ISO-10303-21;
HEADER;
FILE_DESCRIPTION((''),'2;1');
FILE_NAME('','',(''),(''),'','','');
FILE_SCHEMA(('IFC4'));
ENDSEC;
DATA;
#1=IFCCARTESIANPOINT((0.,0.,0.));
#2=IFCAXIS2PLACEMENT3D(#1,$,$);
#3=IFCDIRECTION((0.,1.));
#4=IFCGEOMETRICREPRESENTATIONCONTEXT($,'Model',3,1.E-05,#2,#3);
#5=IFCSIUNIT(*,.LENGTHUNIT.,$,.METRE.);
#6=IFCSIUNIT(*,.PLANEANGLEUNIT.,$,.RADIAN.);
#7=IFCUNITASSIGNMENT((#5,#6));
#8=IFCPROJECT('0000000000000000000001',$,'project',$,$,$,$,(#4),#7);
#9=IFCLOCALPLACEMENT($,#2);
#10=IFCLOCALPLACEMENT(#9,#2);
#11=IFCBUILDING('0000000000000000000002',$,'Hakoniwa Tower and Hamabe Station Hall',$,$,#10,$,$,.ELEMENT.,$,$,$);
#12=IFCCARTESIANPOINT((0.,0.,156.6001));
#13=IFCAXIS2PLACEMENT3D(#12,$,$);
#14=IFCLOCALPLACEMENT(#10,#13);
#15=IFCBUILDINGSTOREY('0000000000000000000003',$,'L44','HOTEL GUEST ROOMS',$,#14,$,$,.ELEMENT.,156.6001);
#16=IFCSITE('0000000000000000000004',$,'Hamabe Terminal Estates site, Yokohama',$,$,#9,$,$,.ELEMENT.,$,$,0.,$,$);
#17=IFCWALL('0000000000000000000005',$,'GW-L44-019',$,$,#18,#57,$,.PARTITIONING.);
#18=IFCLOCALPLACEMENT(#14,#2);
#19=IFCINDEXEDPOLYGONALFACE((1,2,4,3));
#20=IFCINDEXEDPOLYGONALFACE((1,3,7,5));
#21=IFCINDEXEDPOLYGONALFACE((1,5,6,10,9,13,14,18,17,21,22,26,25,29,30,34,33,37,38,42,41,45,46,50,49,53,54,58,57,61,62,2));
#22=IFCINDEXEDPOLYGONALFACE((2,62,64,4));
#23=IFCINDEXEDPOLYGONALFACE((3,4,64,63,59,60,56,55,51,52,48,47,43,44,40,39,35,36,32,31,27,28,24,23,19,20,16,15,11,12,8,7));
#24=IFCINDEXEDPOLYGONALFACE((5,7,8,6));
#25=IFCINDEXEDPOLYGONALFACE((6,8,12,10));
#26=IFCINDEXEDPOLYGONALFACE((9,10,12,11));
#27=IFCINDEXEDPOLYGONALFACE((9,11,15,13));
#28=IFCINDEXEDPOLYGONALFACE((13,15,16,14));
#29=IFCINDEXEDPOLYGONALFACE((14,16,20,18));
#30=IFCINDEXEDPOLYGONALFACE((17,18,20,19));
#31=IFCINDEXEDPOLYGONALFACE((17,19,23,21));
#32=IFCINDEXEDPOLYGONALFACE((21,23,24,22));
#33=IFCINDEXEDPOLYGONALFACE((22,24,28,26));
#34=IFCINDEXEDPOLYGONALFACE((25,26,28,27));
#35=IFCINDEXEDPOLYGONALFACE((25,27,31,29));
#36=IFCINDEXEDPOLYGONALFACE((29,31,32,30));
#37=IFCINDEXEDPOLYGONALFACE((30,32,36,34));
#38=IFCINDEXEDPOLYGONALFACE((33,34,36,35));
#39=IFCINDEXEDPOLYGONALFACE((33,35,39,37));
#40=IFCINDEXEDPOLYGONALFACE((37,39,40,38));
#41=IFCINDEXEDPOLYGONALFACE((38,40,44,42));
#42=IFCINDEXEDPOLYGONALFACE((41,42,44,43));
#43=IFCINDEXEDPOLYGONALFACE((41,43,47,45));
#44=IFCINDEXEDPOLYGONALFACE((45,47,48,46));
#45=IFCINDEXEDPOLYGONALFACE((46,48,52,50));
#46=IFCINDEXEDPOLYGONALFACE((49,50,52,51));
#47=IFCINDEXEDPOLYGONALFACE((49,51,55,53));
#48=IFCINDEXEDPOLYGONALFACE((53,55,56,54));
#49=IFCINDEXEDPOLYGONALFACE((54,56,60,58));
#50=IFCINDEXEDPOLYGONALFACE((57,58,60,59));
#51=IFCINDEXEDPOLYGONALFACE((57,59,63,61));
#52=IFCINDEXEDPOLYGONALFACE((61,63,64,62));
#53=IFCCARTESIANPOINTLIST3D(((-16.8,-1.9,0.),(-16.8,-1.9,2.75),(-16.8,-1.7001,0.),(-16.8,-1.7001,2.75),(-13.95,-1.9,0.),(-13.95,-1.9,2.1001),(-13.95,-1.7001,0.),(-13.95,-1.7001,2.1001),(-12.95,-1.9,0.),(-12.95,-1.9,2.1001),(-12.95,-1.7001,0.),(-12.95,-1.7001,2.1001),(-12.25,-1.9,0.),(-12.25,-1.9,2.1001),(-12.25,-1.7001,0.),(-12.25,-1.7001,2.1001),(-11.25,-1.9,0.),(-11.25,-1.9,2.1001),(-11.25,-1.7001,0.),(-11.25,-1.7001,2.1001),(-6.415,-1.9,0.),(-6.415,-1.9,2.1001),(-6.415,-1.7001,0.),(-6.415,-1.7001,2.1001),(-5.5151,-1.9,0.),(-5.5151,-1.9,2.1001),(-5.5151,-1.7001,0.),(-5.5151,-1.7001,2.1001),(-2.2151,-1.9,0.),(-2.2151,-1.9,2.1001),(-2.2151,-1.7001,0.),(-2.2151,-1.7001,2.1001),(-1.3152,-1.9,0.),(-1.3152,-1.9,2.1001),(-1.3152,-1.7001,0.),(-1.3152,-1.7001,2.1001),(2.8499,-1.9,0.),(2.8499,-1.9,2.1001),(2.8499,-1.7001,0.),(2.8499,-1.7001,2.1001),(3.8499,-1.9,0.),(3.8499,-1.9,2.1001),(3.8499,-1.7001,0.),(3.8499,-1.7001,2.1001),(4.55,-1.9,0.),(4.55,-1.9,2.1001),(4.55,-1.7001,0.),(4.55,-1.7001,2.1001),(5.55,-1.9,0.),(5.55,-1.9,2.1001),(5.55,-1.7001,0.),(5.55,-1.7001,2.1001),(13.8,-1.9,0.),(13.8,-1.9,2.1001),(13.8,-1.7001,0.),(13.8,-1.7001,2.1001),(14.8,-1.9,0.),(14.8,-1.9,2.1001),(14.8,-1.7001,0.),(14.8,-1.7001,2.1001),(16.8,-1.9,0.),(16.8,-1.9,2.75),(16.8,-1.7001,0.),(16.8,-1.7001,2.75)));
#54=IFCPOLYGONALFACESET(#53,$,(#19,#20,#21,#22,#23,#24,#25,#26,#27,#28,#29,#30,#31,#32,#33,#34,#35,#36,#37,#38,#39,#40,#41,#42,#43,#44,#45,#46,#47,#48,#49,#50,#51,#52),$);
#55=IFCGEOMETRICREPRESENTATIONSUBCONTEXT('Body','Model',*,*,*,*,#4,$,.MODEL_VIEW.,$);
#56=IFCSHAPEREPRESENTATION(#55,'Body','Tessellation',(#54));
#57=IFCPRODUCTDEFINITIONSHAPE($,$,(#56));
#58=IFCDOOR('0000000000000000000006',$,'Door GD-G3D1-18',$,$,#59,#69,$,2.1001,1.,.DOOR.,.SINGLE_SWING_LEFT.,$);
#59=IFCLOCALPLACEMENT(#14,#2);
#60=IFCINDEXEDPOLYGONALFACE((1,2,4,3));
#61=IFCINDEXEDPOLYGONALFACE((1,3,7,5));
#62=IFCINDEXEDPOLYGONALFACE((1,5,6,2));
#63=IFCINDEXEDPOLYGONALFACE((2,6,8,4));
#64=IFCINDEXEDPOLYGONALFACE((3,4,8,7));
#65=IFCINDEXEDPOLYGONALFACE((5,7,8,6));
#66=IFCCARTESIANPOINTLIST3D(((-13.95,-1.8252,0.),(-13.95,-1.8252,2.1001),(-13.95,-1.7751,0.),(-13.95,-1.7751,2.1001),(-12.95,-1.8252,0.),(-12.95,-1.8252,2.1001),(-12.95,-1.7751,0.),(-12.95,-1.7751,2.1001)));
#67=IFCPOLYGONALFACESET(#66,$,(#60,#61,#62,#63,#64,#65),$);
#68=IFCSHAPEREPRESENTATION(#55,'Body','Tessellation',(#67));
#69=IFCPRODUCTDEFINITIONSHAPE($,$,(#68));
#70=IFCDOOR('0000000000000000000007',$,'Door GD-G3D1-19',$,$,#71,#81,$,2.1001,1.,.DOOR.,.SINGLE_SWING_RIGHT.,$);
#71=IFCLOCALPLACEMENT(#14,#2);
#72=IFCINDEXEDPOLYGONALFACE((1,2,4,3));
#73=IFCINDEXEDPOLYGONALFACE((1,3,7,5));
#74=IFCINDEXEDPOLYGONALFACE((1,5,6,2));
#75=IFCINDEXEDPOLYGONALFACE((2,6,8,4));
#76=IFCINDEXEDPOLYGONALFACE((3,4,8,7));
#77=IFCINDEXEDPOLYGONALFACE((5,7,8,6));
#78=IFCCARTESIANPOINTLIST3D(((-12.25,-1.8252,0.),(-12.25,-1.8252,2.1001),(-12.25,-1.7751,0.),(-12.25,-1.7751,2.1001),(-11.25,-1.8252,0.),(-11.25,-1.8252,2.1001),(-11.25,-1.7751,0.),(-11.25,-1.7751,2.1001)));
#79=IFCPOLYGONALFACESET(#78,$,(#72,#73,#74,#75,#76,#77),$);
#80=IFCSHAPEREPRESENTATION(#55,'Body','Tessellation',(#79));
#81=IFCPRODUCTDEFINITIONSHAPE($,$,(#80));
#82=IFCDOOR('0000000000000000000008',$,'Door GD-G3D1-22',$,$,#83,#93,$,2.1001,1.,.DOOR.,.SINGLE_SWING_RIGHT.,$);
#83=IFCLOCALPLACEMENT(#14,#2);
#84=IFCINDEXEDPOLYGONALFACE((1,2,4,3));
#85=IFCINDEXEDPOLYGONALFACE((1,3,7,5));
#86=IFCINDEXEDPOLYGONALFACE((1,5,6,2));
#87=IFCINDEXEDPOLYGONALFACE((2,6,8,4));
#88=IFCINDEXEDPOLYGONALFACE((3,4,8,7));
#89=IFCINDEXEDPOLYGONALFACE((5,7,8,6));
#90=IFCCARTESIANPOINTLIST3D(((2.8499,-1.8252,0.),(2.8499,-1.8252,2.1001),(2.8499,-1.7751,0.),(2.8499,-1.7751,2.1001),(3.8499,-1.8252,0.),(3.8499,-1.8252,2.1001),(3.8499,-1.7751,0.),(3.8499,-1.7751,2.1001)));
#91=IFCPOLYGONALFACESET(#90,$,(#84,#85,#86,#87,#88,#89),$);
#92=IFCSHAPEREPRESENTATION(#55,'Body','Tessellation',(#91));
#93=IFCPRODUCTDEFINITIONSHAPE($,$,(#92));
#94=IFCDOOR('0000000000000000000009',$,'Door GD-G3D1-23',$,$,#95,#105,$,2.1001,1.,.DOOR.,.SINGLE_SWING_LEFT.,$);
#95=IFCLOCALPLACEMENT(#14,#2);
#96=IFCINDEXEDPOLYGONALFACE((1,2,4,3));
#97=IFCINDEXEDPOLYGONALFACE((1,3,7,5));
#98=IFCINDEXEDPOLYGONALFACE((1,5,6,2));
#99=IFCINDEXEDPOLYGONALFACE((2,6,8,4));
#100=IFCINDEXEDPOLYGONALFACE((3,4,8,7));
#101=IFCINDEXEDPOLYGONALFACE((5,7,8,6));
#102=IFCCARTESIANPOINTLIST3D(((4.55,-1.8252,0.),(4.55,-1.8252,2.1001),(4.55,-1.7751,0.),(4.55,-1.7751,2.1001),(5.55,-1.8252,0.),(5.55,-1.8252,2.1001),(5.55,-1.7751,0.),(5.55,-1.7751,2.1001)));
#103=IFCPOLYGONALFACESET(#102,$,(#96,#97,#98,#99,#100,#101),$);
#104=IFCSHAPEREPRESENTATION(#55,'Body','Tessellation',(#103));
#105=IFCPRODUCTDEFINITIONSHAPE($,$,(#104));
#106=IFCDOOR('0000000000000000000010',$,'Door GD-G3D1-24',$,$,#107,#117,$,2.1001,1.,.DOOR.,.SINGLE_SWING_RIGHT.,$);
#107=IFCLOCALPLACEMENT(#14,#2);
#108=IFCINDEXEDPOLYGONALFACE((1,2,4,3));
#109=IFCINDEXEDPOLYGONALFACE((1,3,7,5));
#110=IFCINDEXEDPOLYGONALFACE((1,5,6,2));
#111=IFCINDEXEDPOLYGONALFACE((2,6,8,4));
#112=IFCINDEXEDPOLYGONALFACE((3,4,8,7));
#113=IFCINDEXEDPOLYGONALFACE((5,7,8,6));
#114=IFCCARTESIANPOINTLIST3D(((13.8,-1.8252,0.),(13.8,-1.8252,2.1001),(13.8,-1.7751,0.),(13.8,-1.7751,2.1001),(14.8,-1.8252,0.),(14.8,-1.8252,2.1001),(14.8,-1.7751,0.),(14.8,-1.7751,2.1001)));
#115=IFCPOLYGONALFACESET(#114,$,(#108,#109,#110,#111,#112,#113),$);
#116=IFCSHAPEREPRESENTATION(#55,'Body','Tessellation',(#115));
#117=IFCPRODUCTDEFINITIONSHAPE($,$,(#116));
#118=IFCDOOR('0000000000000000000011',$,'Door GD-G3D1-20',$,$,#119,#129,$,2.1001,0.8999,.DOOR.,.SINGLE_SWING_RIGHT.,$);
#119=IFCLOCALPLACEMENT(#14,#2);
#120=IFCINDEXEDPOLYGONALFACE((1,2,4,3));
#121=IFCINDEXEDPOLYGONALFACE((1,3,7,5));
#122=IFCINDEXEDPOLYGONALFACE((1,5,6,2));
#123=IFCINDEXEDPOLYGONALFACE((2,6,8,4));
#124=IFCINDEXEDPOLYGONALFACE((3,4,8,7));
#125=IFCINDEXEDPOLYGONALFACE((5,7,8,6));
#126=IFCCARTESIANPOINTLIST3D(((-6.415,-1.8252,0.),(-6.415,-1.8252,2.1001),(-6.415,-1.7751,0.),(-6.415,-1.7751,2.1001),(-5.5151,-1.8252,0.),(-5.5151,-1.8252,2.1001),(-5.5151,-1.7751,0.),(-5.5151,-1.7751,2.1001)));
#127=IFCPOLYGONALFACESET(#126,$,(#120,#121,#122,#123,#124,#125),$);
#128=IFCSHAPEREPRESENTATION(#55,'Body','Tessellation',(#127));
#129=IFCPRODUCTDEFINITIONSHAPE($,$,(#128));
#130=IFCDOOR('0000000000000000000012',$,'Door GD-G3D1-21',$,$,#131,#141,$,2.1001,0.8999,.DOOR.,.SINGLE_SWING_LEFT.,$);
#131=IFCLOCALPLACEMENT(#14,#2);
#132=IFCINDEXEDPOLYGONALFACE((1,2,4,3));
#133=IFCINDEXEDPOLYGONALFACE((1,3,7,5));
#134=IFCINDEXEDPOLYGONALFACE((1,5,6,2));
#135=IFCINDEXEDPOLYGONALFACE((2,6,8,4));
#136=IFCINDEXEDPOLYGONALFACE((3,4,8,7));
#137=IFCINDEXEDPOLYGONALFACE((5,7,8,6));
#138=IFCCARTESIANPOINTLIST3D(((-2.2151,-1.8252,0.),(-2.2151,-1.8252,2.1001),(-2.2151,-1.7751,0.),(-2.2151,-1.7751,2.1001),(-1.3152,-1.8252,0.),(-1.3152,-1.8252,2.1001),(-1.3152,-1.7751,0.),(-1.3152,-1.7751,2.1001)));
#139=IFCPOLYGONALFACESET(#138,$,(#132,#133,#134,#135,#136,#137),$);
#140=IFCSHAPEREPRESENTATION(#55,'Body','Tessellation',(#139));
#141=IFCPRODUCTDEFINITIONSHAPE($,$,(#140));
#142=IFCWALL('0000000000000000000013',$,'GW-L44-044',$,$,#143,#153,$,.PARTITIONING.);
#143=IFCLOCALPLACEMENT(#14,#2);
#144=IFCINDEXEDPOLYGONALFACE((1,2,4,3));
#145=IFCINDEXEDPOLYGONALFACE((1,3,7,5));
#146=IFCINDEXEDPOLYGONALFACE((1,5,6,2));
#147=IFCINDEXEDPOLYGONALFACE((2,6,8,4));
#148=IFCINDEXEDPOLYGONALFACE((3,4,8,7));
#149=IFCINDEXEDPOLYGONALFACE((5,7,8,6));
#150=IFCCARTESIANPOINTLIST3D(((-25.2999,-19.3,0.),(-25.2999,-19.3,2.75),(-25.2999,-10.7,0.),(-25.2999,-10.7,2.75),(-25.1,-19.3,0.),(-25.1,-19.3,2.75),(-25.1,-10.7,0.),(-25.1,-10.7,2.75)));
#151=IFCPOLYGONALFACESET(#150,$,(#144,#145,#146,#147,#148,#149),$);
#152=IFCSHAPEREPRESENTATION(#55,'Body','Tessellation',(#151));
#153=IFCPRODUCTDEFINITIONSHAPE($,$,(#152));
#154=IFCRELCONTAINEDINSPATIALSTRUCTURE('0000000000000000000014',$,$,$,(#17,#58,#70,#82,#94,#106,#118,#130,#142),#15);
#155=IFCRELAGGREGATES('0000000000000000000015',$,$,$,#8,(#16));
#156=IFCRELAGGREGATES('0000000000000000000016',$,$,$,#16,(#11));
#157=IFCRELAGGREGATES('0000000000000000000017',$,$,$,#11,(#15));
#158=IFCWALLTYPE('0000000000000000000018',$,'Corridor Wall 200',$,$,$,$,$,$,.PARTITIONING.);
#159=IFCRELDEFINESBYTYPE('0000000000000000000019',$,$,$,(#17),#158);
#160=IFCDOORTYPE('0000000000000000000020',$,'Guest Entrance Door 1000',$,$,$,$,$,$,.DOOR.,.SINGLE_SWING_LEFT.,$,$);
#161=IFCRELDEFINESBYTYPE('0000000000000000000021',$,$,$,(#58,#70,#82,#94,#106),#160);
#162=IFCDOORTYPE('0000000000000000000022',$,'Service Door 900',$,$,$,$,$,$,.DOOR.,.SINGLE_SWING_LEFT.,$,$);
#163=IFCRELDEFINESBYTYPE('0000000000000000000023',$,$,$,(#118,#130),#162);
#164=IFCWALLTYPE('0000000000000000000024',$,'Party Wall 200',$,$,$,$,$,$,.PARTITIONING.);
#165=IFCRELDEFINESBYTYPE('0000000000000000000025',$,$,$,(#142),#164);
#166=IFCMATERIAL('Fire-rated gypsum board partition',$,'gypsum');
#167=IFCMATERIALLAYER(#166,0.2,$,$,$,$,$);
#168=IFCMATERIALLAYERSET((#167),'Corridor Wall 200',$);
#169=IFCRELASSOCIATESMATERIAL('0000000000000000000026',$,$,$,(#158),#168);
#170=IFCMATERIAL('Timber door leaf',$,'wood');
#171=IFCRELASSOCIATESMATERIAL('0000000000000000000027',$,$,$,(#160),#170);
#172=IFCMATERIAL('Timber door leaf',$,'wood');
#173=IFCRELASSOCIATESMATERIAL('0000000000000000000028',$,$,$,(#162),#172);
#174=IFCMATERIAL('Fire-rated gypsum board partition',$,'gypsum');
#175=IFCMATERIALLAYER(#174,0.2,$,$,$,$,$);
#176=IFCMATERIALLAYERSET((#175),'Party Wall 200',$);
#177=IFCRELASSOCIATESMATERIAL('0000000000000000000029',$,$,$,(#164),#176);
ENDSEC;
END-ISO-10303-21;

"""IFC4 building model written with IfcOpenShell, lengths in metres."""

from ifc_helpers import new_model, si_unit, direction, frame, frame_2d, origin, place, context, subcontext, project, spatial, rectangle, extrude, material, layer, layer_set, type_object, element, fill, save


model = new_model("IFC4")

# Units and contexts
model_context = context("Model", 3, precision=1e-05, world=origin(), true_north=direction((0.0, 1.0)))
body_context = subcontext(model_context, "Body", "Model", "MODEL_VIEW")
ifc_project = project(units=[si_unit("LENGTHUNIT", "METRE"), si_unit("PLANEANGLEUNIT", "RADIAN")], contexts=[model_context])

# Site, building, storey
site_placement = place(None, origin())
site = spatial("IfcSite", under=ifc_project, at=site_placement, Name="Hamabe Terminal Estates site, Yokohama", CompositionType="ELEMENT", RefElevation=0.0)
building_placement = place(site_placement, origin())
building = spatial("IfcBuilding", under=site, at=building_placement, Name="Hakoniwa Tower and Hamabe Station Hall", CompositionType="ELEMENT")
storey_placement = place(building_placement, frame((0.0, 0.0, 156.6001)))
storey = spatial("IfcBuildingStorey", under=building, at=storey_placement, Name="L44", Description="HOTEL GUEST ROOMS", CompositionType="ELEMENT", Elevation=156.6001)

# Wall, openings, doors
ifc_material_1 = material(Name="Fire-rated gypsum board partition", Category="gypsum")
ifc_layer_1 = layer(ifc_material_1, 0.2)
ifc_layer_set_1 = layer_set([ifc_layer_1], Name="Corridor Wall 200")
wall_type_1 = type_object("IfcWallType", Name="Corridor Wall 200", PredefinedType="PARTITIONING", material=ifc_layer_set_1)
wall_1_placement = place(storey_placement, frame((-16.8, -1.8, 0.0), z_axis=(0.0, 0.0, 1.0), x_axis=(1.0, 0.0, 0.0)))
wall_1 = element("IfcWall", 1, at=wall_1_placement, inside=storey, type_object=wall_type_1, Name="GW-L44-019", PredefinedType="PARTITIONING", context=body_context, shape_type="SweptSolid", body=[
    extrude(rectangle(XDim=33.6001, YDim=0.2, at=frame_2d((16.8, 0.0))), origin(), (0.0, 0.0, 1.0), 2.75),
])
opening_1_placement = place(wall_1_placement, frame((2.8501, 0.0, 0.0)))
opening_1 = element("IfcOpeningElement", 2, at=opening_1_placement, cuts=wall_1, PredefinedType="OPENING", context=body_context, shape_type="SweptSolid", body=[
    extrude(rectangle(XDim=1.0, YDim=2.1001, at=frame_2d((0.5, 1.05))), frame((0.0, 0.1099, 0.0), z_axis=(0.0, -1.0, 0.0), x_axis=(1.0, 0.0, 0.0)), (0.0, 0.0, 1.0), 0.22),
])
opening_2_placement = place(wall_1_placement, frame((4.55, 0.0, 0.0)))
opening_2 = element("IfcOpeningElement", 3, at=opening_2_placement, cuts=wall_1, PredefinedType="OPENING", context=body_context, shape_type="SweptSolid", body=[
    extrude(rectangle(XDim=1.0, YDim=2.1001, at=frame_2d((0.5, 1.05))), frame((0.0, 0.1099, 0.0), z_axis=(0.0, -1.0, 0.0), x_axis=(1.0, 0.0, 0.0)), (0.0, 0.0, 1.0), 0.22),
])
opening_3_placement = place(wall_1_placement, frame((10.385, 0.0, 0.0)))
opening_3 = element("IfcOpeningElement", 4, at=opening_3_placement, cuts=wall_1, PredefinedType="OPENING", context=body_context, shape_type="SweptSolid", body=[
    extrude(rectangle(XDim=0.8999, YDim=2.1001, at=frame_2d((0.45, 1.05))), frame((0.0, 0.1099, 0.0), z_axis=(0.0, -1.0, 0.0), x_axis=(1.0, 0.0, 0.0)), (0.0, 0.0, 1.0), 0.22),
])
opening_4_placement = place(wall_1_placement, frame((14.585, 0.0, 0.0)))
opening_4 = element("IfcOpeningElement", 5, at=opening_4_placement, cuts=wall_1, PredefinedType="OPENING", context=body_context, shape_type="SweptSolid", body=[
    extrude(rectangle(XDim=0.8999, YDim=2.1001, at=frame_2d((0.45, 1.05))), frame((0.0, 0.1099, 0.0), z_axis=(0.0, -1.0, 0.0), x_axis=(1.0, 0.0, 0.0)), (0.0, 0.0, 1.0), 0.22),
])
opening_5_placement = place(wall_1_placement, frame((19.6499, 0.0, 0.0)))
opening_5 = element("IfcOpeningElement", 6, at=opening_5_placement, cuts=wall_1, PredefinedType="OPENING", context=body_context, shape_type="SweptSolid", body=[
    extrude(rectangle(XDim=1.0, YDim=2.1001, at=frame_2d((0.5, 1.05))), frame((0.0, 0.1099, 0.0), z_axis=(0.0, -1.0, 0.0), x_axis=(1.0, 0.0, 0.0)), (0.0, 0.0, 1.0), 0.22),
])
opening_6_placement = place(wall_1_placement, frame((21.3501, 0.0, 0.0)))
opening_6 = element("IfcOpeningElement", 7, at=opening_6_placement, cuts=wall_1, PredefinedType="OPENING", context=body_context, shape_type="SweptSolid", body=[
    extrude(rectangle(XDim=1.0, YDim=2.1001, at=frame_2d((0.5, 1.05))), frame((0.0, 0.1099, 0.0), z_axis=(0.0, -1.0, 0.0), x_axis=(1.0, 0.0, 0.0)), (0.0, 0.0, 1.0), 0.22),
])
opening_7_placement = place(wall_1_placement, frame((30.6001, 0.0, 0.0)))
opening_7 = element("IfcOpeningElement", 8, at=opening_7_placement, cuts=wall_1, PredefinedType="OPENING", context=body_context, shape_type="SweptSolid", body=[
    extrude(rectangle(XDim=1.0, YDim=2.1001, at=frame_2d((0.5, 1.05))), frame((0.0, 0.1099, 0.0), z_axis=(0.0, -1.0, 0.0), x_axis=(1.0, 0.0, 0.0)), (0.0, 0.0, 1.0), 0.22),
])
ifc_material_2 = material(Name="Timber door leaf", Category="wood")
door_type_1 = type_object("IfcDoorType", Name="Guest Entrance Door 1000", OperationType="SINGLE_SWING_LEFT", PredefinedType="DOOR", material=ifc_material_2)
door_1_placement = place(opening_1_placement, origin())
door_1 = element("IfcDoor", 9, at=door_1_placement, inside=storey, type_object=door_type_1, Name="Door GD-G3D1-18", OperationType="SINGLE_SWING_LEFT", OverallHeight=2.1001, OverallWidth=1.0, PredefinedType="DOOR", context=body_context, shape_type="SweptSolid", body=[
    extrude(rectangle(XDim=1.0, YDim=2.1001, at=frame_2d((0.5, 1.05))), frame((0.0, 0.0249, 0.0), z_axis=(0.0, -1.0, 0.0), x_axis=(1.0, 0.0, 0.0)), (0.0, 0.0, 1.0), 0.05),
])
fill(opening_1, door_1)
door_2_placement = place(opening_2_placement, origin())
door_2 = element("IfcDoor", 10, at=door_2_placement, inside=storey, type_object=door_type_1, Name="Door GD-G3D1-19", OperationType="SINGLE_SWING_RIGHT", OverallHeight=2.1001, OverallWidth=1.0, PredefinedType="DOOR", context=body_context, shape_type="SweptSolid", body=[
    extrude(rectangle(XDim=1.0, YDim=2.1001, at=frame_2d((0.5, 1.05))), frame((0.0, 0.0249, 0.0), z_axis=(0.0, -1.0, 0.0), x_axis=(1.0, 0.0, 0.0)), (0.0, 0.0, 1.0), 0.05),
])
fill(opening_2, door_2)
door_3_placement = place(opening_5_placement, origin())
door_3 = element("IfcDoor", 11, at=door_3_placement, inside=storey, type_object=door_type_1, Name="Door GD-G3D1-22", OperationType="SINGLE_SWING_RIGHT", OverallHeight=2.1001, OverallWidth=1.0, PredefinedType="DOOR", context=body_context, shape_type="SweptSolid", body=[
    extrude(rectangle(XDim=1.0, YDim=2.1001, at=frame_2d((0.5, 1.05))), frame((0.0, 0.0249, 0.0), z_axis=(0.0, -1.0, 0.0), x_axis=(1.0, 0.0, 0.0)), (0.0, 0.0, 1.0), 0.05),
])
fill(opening_5, door_3)
door_4_placement = place(opening_6_placement, origin())
door_4 = element("IfcDoor", 12, at=door_4_placement, inside=storey, type_object=door_type_1, Name="Door GD-G3D1-23", OperationType="SINGLE_SWING_LEFT", OverallHeight=2.1001, OverallWidth=1.0, PredefinedType="DOOR", context=body_context, shape_type="SweptSolid", body=[
    extrude(rectangle(XDim=1.0, YDim=2.1001, at=frame_2d((0.5, 1.05))), frame((0.0, 0.0249, 0.0), z_axis=(0.0, -1.0, 0.0), x_axis=(1.0, 0.0, 0.0)), (0.0, 0.0, 1.0), 0.05),
])
fill(opening_6, door_4)
door_5_placement = place(opening_7_placement, origin())
door_5 = element("IfcDoor", 13, at=door_5_placement, inside=storey, type_object=door_type_1, Name="Door GD-G3D1-24", OperationType="SINGLE_SWING_RIGHT", OverallHeight=2.1001, OverallWidth=1.0, PredefinedType="DOOR", context=body_context, shape_type="SweptSolid", body=[
    extrude(rectangle(XDim=1.0, YDim=2.1001, at=frame_2d((0.5, 1.05))), frame((0.0, 0.0249, 0.0), z_axis=(0.0, -1.0, 0.0), x_axis=(1.0, 0.0, 0.0)), (0.0, 0.0, 1.0), 0.05),
])
fill(opening_7, door_5)
ifc_material_3 = material(Name="Timber door leaf", Category="wood")
door_type_2 = type_object("IfcDoorType", Name="Service Door 900", OperationType="SINGLE_SWING_LEFT", PredefinedType="DOOR", material=ifc_material_3)
door_6_placement = place(opening_3_placement, origin())
door_6 = element("IfcDoor", 14, at=door_6_placement, inside=storey, type_object=door_type_2, Name="Door GD-G3D1-20", OperationType="SINGLE_SWING_RIGHT", OverallHeight=2.1001, OverallWidth=0.8999, PredefinedType="DOOR", context=body_context, shape_type="SweptSolid", body=[
    extrude(rectangle(XDim=0.8999, YDim=2.1001, at=frame_2d((0.45, 1.05))), frame((0.0, 0.0249, 0.0), z_axis=(0.0, -1.0, 0.0), x_axis=(1.0, 0.0, 0.0)), (0.0, 0.0, 1.0), 0.05),
])
fill(opening_3, door_6)
door_7_placement = place(opening_4_placement, origin())
door_7 = element("IfcDoor", 15, at=door_7_placement, inside=storey, type_object=door_type_2, Name="Door GD-G3D1-21", OperationType="SINGLE_SWING_LEFT", OverallHeight=2.1001, OverallWidth=0.8999, PredefinedType="DOOR", context=body_context, shape_type="SweptSolid", body=[
    extrude(rectangle(XDim=0.8999, YDim=2.1001, at=frame_2d((0.45, 1.05))), frame((0.0, 0.0249, 0.0), z_axis=(0.0, -1.0, 0.0), x_axis=(1.0, 0.0, 0.0)), (0.0, 0.0, 1.0), 0.05),
])
fill(opening_4, door_7)

# Wall
ifc_material_4 = material(Name="Fire-rated gypsum board partition", Category="gypsum")
ifc_layer_2 = layer(ifc_material_4, 0.2)
ifc_layer_set_2 = layer_set([ifc_layer_2], Name="Party Wall 200")
wall_type_2 = type_object("IfcWallType", Name="Party Wall 200", PredefinedType="PARTITIONING", material=ifc_layer_set_2)
wall_2_placement = place(storey_placement, frame((-25.2, -19.3, 0.0), z_axis=(0.0, 0.0, 1.0), x_axis=(0.0, 1.0, 0.0)))
element("IfcWall", 16, at=wall_2_placement, inside=storey, type_object=wall_type_2, Name="GW-L44-044", PredefinedType="PARTITIONING", context=body_context, shape_type="SweptSolid", body=[
    extrude(rectangle(XDim=8.6001, YDim=0.2, at=frame_2d((4.3, 0.0))), origin(), (0.0, 0.0, 1.0), 2.75),
])

save(model, "model.ifc")
